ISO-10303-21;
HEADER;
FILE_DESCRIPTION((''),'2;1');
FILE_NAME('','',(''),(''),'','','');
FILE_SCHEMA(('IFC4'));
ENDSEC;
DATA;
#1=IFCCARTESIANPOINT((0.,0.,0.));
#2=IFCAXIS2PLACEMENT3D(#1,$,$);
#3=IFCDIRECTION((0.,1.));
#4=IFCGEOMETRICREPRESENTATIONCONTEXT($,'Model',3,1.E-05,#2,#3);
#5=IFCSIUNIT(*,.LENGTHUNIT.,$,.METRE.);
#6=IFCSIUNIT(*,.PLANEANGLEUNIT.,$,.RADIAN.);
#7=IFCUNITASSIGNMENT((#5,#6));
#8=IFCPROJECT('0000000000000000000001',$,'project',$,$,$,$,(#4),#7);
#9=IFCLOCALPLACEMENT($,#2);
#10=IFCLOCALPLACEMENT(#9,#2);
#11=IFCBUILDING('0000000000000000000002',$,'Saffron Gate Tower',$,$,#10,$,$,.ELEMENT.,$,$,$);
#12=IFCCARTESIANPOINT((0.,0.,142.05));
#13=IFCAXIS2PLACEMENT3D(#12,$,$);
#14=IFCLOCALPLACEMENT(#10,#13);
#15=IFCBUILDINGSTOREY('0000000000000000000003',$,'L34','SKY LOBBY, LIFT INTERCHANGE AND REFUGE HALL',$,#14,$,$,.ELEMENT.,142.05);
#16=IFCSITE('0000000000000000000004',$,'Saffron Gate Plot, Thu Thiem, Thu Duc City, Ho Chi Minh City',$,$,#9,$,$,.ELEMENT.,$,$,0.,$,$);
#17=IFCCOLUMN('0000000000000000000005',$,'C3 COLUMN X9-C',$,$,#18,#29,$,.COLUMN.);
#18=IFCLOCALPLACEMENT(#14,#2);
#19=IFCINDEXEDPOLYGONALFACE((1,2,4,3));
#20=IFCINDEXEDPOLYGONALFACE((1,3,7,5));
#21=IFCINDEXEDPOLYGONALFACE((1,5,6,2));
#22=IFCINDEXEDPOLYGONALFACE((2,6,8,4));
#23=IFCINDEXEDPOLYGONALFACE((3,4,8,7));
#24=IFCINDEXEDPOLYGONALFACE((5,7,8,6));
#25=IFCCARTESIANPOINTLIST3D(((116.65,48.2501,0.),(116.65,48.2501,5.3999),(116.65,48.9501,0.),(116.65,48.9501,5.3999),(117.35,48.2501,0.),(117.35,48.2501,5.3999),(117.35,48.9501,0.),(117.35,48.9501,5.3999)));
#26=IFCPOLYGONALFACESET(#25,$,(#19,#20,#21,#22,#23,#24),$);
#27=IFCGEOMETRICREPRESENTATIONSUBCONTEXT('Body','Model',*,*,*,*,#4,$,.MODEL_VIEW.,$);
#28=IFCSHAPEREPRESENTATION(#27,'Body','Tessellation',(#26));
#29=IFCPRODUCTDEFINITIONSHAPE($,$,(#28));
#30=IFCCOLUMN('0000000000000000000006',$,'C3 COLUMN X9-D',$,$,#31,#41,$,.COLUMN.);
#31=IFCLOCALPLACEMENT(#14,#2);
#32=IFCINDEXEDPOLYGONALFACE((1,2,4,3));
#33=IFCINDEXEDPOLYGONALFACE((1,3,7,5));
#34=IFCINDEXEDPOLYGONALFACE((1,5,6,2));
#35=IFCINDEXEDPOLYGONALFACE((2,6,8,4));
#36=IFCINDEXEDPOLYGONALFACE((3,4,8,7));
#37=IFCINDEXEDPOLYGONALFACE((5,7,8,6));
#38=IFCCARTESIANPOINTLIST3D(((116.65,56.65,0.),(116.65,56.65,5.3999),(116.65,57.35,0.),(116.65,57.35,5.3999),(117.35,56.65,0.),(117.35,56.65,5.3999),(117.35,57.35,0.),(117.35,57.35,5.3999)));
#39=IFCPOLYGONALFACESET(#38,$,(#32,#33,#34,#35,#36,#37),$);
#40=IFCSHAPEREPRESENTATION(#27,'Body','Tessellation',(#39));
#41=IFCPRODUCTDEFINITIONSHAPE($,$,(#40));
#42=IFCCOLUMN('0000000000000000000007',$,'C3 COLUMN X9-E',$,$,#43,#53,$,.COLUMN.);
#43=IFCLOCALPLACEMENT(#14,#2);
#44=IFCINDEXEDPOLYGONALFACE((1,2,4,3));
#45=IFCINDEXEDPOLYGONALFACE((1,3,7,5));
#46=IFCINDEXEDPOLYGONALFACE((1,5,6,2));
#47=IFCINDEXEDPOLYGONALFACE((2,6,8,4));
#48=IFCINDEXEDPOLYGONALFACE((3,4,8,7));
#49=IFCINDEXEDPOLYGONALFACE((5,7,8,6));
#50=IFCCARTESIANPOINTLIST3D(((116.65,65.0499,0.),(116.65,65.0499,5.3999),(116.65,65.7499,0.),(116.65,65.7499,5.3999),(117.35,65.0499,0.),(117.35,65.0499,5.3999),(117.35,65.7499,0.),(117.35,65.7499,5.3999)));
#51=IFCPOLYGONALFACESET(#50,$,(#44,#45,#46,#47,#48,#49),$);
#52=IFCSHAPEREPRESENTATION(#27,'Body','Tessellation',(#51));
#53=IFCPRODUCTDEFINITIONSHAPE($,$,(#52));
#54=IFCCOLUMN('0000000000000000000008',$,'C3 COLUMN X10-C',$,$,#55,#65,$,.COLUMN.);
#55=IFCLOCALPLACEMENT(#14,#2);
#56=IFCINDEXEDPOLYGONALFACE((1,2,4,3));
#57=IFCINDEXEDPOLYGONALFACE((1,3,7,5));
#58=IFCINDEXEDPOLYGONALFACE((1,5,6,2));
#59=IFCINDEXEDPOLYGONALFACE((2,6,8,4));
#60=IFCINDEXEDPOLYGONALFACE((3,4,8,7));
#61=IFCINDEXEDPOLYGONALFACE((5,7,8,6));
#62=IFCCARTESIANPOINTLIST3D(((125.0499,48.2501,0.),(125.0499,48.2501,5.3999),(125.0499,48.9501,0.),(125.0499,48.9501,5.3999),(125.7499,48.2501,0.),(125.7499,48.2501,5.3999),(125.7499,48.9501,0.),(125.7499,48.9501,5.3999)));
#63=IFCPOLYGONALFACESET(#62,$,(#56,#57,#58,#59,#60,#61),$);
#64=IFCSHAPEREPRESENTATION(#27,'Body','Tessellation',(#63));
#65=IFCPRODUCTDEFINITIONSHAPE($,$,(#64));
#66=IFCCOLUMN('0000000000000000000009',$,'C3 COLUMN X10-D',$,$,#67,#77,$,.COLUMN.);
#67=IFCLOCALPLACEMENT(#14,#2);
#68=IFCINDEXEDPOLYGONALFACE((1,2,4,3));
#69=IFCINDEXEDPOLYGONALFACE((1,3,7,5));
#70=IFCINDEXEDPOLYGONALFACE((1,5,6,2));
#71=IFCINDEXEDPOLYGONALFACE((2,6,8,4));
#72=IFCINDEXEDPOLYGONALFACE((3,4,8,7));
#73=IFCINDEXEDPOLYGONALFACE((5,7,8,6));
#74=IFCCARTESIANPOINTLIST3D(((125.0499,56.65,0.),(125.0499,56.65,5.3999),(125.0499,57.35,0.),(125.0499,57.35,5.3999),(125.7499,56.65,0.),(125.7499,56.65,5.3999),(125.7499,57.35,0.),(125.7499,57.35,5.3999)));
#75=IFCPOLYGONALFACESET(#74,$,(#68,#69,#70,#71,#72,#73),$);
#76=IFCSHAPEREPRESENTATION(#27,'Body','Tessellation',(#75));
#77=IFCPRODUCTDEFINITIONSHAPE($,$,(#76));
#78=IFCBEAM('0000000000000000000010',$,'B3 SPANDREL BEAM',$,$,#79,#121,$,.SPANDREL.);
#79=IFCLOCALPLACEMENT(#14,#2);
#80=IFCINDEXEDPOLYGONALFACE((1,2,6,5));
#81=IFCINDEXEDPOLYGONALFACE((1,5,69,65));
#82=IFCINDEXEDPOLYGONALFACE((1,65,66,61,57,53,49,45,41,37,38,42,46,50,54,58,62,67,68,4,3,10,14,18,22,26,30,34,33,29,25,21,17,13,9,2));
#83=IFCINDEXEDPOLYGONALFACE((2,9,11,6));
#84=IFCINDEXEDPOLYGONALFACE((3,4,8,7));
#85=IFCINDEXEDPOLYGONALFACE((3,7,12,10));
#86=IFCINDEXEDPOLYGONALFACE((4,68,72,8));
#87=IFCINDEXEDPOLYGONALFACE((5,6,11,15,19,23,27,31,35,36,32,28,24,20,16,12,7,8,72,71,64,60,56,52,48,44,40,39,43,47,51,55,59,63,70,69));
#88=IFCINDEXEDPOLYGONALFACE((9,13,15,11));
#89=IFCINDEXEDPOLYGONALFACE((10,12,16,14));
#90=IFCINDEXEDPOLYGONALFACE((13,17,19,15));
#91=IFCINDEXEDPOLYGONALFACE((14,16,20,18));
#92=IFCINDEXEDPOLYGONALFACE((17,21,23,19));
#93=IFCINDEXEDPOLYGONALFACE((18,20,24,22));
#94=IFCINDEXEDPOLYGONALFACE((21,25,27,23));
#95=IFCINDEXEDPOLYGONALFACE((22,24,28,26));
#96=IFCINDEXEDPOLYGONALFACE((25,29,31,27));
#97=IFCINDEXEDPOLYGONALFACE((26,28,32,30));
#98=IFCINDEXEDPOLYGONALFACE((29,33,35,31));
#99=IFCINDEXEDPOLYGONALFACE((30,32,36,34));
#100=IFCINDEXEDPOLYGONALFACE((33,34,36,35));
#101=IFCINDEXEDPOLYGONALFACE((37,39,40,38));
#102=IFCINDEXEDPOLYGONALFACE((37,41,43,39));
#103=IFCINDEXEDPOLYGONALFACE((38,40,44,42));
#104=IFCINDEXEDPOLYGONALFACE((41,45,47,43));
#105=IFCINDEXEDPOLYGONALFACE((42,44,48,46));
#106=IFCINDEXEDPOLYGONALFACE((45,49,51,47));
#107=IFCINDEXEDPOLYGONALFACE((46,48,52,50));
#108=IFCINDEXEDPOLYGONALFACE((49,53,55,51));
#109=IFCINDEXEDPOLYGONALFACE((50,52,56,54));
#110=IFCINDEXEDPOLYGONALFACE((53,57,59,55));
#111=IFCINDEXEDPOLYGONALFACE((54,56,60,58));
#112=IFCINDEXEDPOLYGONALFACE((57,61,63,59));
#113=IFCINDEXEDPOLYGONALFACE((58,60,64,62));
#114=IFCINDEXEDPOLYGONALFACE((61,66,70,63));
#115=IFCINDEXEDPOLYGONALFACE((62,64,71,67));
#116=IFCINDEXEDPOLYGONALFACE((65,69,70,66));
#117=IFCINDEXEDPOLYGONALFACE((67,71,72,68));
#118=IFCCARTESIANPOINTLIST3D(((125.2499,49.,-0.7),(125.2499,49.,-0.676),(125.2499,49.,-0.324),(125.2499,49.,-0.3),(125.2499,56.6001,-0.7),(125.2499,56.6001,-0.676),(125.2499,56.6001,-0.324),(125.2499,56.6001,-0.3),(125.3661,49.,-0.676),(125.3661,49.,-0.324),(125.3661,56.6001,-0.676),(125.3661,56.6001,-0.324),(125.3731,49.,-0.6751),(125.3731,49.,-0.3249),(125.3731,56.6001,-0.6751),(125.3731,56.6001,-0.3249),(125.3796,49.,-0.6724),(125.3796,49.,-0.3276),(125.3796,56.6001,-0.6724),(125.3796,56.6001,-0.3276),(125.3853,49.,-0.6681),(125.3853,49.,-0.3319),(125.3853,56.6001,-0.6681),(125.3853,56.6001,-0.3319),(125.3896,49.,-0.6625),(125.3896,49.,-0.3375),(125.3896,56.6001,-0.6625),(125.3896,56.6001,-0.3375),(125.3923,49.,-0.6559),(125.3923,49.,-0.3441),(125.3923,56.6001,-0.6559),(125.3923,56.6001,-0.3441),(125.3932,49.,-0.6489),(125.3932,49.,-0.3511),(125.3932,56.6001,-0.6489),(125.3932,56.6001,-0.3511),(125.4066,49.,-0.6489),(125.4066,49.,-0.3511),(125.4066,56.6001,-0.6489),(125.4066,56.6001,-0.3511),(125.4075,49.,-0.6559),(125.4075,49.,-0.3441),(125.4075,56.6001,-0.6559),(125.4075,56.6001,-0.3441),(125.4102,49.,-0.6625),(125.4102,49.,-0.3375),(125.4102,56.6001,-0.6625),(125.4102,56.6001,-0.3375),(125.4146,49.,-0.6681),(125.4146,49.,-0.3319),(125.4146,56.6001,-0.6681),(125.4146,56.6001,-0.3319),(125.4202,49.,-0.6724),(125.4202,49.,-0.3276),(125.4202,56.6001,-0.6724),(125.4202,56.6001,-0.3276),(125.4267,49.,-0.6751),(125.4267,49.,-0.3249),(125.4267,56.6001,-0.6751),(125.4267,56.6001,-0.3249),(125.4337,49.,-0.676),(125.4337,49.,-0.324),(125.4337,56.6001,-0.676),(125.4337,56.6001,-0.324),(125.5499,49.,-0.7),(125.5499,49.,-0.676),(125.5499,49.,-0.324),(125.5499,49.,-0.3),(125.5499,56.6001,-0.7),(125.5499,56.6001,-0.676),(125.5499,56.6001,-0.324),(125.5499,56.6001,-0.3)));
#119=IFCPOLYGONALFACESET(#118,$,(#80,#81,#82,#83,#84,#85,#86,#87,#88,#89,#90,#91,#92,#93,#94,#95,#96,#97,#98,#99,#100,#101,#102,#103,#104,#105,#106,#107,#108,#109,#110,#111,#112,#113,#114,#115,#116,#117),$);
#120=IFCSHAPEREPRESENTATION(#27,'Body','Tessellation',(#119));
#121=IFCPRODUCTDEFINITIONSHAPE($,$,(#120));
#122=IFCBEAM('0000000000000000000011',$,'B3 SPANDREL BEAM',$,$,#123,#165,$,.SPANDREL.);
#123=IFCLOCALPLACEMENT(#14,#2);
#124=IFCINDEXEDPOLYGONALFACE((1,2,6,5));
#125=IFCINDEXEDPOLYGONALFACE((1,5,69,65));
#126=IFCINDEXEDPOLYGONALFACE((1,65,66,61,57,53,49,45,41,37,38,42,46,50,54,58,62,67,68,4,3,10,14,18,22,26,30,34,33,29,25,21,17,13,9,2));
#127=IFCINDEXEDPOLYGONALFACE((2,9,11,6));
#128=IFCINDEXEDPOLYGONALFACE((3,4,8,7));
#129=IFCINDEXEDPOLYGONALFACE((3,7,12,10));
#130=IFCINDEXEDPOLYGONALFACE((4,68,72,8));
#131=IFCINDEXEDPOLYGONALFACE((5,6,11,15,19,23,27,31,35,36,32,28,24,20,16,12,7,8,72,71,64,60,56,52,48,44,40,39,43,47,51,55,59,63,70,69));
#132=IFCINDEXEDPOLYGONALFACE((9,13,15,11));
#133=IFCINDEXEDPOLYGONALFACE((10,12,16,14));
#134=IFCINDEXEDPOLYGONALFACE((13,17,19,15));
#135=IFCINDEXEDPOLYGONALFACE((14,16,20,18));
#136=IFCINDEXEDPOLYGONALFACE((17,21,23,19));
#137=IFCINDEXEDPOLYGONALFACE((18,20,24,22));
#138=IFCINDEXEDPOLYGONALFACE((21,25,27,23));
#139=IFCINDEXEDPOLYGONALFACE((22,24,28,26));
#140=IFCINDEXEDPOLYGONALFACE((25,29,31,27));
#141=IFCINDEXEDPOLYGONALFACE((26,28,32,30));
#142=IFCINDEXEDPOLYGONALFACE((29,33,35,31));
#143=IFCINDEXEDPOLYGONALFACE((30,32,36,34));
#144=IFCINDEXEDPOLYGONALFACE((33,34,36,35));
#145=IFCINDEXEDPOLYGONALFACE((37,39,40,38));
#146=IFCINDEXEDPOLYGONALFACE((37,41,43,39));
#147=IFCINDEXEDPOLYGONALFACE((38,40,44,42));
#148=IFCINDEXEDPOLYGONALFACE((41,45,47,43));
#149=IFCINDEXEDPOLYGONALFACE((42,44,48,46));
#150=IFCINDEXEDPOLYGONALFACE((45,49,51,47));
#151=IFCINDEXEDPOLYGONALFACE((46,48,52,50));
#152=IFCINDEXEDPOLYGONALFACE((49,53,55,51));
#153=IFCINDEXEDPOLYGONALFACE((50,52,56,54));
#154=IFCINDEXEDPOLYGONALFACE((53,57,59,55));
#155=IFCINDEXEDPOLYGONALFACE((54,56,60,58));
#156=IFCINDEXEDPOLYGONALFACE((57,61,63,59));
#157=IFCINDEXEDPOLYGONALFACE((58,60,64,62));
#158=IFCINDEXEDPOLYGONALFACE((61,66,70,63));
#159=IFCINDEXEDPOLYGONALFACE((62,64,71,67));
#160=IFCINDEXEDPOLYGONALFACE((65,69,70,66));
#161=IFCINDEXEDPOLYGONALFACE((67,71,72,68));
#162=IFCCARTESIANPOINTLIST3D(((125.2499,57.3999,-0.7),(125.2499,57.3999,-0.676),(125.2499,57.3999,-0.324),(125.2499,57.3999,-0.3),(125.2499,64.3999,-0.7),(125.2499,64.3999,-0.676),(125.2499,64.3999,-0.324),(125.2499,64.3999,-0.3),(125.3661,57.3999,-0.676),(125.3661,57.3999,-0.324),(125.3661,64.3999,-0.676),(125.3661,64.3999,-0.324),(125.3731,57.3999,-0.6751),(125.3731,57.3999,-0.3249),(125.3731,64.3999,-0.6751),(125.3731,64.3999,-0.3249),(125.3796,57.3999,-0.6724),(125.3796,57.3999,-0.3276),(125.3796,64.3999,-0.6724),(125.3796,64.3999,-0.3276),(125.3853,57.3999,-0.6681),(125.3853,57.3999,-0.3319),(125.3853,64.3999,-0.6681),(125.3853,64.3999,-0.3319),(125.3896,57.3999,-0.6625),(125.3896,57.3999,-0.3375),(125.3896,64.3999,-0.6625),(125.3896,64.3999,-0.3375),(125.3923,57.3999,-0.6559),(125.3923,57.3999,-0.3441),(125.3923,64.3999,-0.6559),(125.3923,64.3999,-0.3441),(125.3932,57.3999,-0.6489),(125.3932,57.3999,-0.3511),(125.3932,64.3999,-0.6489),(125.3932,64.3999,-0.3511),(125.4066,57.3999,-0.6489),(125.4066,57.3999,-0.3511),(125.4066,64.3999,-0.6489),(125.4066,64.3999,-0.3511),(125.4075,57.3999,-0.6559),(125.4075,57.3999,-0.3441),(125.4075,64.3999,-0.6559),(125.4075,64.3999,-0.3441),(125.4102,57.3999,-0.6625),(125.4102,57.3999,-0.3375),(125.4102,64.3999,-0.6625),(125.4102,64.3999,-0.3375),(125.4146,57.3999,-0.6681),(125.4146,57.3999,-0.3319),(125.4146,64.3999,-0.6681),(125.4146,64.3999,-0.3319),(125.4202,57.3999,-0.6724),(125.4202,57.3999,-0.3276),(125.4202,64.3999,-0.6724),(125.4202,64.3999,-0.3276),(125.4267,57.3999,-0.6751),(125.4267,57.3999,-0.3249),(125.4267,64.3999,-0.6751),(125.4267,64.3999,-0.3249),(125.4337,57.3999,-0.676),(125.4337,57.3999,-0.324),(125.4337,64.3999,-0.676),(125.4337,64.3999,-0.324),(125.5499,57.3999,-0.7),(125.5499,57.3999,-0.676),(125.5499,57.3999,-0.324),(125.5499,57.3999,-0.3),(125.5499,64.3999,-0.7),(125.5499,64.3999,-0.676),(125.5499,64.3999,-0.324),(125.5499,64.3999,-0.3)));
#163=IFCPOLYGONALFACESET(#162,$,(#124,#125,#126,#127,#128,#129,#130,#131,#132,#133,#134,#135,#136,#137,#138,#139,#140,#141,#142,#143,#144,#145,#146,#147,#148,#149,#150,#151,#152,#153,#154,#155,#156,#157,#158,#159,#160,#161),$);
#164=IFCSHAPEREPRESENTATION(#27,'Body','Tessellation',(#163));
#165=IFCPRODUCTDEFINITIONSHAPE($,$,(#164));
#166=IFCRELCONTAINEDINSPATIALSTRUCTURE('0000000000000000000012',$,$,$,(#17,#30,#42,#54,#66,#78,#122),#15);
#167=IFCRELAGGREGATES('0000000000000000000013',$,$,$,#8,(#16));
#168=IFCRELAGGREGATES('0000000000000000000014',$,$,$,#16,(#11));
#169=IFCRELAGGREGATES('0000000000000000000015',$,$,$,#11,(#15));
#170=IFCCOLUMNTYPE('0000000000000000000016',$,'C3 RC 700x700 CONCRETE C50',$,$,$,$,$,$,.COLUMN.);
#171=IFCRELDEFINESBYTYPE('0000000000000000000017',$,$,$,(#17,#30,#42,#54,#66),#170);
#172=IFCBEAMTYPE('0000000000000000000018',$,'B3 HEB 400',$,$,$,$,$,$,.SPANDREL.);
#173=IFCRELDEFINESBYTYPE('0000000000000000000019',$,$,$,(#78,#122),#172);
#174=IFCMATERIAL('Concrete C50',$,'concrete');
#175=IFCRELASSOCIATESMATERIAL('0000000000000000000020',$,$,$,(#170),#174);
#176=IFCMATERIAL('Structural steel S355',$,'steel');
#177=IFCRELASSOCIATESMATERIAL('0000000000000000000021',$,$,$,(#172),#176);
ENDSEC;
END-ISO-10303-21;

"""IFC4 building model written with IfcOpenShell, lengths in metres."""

from ifc_helpers import new_model, si_unit, direction, frame, origin, origin_2d, place, context, subcontext, project, spatial, rectangle, i_section, extrude, material, material_profile, profile_set, type_object, element, save


model = new_model("IFC4")

# Units and contexts
model_context = context("Model", 3, precision=1e-05, world=origin(), true_north=direction((0.0, 1.0)))
body_context = subcontext(model_context, "Body", "Model", "MODEL_VIEW")
ifc_project = project(units=[si_unit("LENGTHUNIT", "METRE"), si_unit("PLANEANGLEUNIT", "RADIAN")], contexts=[model_context])

# Site, building, storey
site_placement = place(None, origin())
site = spatial("IfcSite", under=ifc_project, at=site_placement, Name="Saffron Gate Plot, Thu Thiem, Thu Duc City, Ho Chi Minh City", CompositionType="ELEMENT", RefElevation=0.0)
building_placement = place(site_placement, origin())
building = spatial("IfcBuilding", under=site, at=building_placement, Name="Saffron Gate Tower", CompositionType="ELEMENT")
storey_placement = place(building_placement, frame((0.0, 0.0, 142.05)))
storey = spatial("IfcBuildingStorey", under=building, at=storey_placement, Name="L34", Description="SKY LOBBY, LIFT INTERCHANGE AND REFUGE HALL", CompositionType="ELEMENT", Elevation=142.05)

# Columns
ifc_material_1 = material(Name="Concrete C50", Category="concrete")
ifc_material_profile_1 = material_profile(ifc_material_1, rectangle(XDim=0.7, YDim=0.7, at=origin_2d()))
ifc_profile_set_1 = profile_set([ifc_material_profile_1], Name="Concrete C50")
column_type = type_object("IfcColumnType", Name="C3 RC 700x700 CONCRETE C50", PredefinedType="COLUMN", material=ifc_profile_set_1)
for number, where, z_axis, x_axis, name in (
    (1, (117.0, 48.6001, 0.0), (0.0, 0.0, 1.0), (1.0, 0.0, 0.0), "C3 COLUMN X9-C"),
    (2, (117.0, 57.0, 0.0), (0.0, 0.0, 1.0), (1.0, 0.0, 0.0), "C3 COLUMN X9-D"),
    (3, (117.0, 65.3999, 0.0), (0.0, 0.0, 1.0), (1.0, 0.0, 0.0), "C3 COLUMN X9-E"),
    (4, (125.3999, 48.6001, 0.0), (0.0, 0.0, 1.0), (1.0, 0.0, 0.0), "C3 COLUMN X10-C"),
    (5, (125.3999, 57.0, 0.0), (0.0, 0.0, 1.0), (1.0, 0.0, 0.0), "C3 COLUMN X10-D"),
):
    element("IfcColumn", number, at=place(storey_placement, frame(where, z_axis=z_axis, x_axis=x_axis)), inside=storey, type_object=column_type, Name=name, PredefinedType="COLUMN", context=body_context, shape_type="SweptSolid", body=[
        extrude(rectangle(XDim=0.7, YDim=0.7, at=origin_2d()), origin(), (0.0, 0.0, 1.0), 5.3999),
    ])

# Beams
ifc_material_2 = material(Name="Structural steel S355", Category="steel")
ifc_material_profile_2 = material_profile(ifc_material_2, i_section(OverallWidth=0.3, OverallDepth=0.3999, WebThickness=0.0134, FlangeThickness=0.0239, FilletRadius=0.0271, at=origin_2d()))
ifc_profile_set_2 = profile_set([ifc_material_profile_2], Name="Structural steel S355")
beam_type = type_object("IfcBeamType", Name="B3 HEB 400", PredefinedType="SPANDREL", material=ifc_profile_set_2)
beam_1_placement = place(storey_placement, frame((125.3999, 49.0, -0.5), z_axis=(0.0, 1.0, 0.0), x_axis=(-1.0, 0.0, 0.0)))
element("IfcBeam", 6, at=beam_1_placement, inside=storey, type_object=beam_type, Name="B3 SPANDREL BEAM", PredefinedType="SPANDREL", context=body_context, shape_type="SweptSolid", body=[
    extrude(i_section(OverallWidth=0.3, OverallDepth=0.3999, WebThickness=0.0134, FlangeThickness=0.0239, FilletRadius=0.0271, at=origin_2d()), origin(), (0.0, 0.0, 1.0), 7.6001),
])
beam_2_placement = place(storey_placement, frame((125.3999, 57.3999, -0.5), z_axis=(0.0, 1.0, 0.0), x_axis=(-1.0, 0.0, 0.0)))
element("IfcBeam", 7, at=beam_2_placement, inside=storey, type_object=beam_type, Name="B3 SPANDREL BEAM", PredefinedType="SPANDREL", context=body_context, shape_type="SweptSolid", body=[
    extrude(i_section(OverallWidth=0.3, OverallDepth=0.3999, WebThickness=0.0134, FlangeThickness=0.0239, FilletRadius=0.0271, at=origin_2d()), origin(), (0.0, 0.0, 1.0), 7.0),
])

save(model, "model.ifc")
